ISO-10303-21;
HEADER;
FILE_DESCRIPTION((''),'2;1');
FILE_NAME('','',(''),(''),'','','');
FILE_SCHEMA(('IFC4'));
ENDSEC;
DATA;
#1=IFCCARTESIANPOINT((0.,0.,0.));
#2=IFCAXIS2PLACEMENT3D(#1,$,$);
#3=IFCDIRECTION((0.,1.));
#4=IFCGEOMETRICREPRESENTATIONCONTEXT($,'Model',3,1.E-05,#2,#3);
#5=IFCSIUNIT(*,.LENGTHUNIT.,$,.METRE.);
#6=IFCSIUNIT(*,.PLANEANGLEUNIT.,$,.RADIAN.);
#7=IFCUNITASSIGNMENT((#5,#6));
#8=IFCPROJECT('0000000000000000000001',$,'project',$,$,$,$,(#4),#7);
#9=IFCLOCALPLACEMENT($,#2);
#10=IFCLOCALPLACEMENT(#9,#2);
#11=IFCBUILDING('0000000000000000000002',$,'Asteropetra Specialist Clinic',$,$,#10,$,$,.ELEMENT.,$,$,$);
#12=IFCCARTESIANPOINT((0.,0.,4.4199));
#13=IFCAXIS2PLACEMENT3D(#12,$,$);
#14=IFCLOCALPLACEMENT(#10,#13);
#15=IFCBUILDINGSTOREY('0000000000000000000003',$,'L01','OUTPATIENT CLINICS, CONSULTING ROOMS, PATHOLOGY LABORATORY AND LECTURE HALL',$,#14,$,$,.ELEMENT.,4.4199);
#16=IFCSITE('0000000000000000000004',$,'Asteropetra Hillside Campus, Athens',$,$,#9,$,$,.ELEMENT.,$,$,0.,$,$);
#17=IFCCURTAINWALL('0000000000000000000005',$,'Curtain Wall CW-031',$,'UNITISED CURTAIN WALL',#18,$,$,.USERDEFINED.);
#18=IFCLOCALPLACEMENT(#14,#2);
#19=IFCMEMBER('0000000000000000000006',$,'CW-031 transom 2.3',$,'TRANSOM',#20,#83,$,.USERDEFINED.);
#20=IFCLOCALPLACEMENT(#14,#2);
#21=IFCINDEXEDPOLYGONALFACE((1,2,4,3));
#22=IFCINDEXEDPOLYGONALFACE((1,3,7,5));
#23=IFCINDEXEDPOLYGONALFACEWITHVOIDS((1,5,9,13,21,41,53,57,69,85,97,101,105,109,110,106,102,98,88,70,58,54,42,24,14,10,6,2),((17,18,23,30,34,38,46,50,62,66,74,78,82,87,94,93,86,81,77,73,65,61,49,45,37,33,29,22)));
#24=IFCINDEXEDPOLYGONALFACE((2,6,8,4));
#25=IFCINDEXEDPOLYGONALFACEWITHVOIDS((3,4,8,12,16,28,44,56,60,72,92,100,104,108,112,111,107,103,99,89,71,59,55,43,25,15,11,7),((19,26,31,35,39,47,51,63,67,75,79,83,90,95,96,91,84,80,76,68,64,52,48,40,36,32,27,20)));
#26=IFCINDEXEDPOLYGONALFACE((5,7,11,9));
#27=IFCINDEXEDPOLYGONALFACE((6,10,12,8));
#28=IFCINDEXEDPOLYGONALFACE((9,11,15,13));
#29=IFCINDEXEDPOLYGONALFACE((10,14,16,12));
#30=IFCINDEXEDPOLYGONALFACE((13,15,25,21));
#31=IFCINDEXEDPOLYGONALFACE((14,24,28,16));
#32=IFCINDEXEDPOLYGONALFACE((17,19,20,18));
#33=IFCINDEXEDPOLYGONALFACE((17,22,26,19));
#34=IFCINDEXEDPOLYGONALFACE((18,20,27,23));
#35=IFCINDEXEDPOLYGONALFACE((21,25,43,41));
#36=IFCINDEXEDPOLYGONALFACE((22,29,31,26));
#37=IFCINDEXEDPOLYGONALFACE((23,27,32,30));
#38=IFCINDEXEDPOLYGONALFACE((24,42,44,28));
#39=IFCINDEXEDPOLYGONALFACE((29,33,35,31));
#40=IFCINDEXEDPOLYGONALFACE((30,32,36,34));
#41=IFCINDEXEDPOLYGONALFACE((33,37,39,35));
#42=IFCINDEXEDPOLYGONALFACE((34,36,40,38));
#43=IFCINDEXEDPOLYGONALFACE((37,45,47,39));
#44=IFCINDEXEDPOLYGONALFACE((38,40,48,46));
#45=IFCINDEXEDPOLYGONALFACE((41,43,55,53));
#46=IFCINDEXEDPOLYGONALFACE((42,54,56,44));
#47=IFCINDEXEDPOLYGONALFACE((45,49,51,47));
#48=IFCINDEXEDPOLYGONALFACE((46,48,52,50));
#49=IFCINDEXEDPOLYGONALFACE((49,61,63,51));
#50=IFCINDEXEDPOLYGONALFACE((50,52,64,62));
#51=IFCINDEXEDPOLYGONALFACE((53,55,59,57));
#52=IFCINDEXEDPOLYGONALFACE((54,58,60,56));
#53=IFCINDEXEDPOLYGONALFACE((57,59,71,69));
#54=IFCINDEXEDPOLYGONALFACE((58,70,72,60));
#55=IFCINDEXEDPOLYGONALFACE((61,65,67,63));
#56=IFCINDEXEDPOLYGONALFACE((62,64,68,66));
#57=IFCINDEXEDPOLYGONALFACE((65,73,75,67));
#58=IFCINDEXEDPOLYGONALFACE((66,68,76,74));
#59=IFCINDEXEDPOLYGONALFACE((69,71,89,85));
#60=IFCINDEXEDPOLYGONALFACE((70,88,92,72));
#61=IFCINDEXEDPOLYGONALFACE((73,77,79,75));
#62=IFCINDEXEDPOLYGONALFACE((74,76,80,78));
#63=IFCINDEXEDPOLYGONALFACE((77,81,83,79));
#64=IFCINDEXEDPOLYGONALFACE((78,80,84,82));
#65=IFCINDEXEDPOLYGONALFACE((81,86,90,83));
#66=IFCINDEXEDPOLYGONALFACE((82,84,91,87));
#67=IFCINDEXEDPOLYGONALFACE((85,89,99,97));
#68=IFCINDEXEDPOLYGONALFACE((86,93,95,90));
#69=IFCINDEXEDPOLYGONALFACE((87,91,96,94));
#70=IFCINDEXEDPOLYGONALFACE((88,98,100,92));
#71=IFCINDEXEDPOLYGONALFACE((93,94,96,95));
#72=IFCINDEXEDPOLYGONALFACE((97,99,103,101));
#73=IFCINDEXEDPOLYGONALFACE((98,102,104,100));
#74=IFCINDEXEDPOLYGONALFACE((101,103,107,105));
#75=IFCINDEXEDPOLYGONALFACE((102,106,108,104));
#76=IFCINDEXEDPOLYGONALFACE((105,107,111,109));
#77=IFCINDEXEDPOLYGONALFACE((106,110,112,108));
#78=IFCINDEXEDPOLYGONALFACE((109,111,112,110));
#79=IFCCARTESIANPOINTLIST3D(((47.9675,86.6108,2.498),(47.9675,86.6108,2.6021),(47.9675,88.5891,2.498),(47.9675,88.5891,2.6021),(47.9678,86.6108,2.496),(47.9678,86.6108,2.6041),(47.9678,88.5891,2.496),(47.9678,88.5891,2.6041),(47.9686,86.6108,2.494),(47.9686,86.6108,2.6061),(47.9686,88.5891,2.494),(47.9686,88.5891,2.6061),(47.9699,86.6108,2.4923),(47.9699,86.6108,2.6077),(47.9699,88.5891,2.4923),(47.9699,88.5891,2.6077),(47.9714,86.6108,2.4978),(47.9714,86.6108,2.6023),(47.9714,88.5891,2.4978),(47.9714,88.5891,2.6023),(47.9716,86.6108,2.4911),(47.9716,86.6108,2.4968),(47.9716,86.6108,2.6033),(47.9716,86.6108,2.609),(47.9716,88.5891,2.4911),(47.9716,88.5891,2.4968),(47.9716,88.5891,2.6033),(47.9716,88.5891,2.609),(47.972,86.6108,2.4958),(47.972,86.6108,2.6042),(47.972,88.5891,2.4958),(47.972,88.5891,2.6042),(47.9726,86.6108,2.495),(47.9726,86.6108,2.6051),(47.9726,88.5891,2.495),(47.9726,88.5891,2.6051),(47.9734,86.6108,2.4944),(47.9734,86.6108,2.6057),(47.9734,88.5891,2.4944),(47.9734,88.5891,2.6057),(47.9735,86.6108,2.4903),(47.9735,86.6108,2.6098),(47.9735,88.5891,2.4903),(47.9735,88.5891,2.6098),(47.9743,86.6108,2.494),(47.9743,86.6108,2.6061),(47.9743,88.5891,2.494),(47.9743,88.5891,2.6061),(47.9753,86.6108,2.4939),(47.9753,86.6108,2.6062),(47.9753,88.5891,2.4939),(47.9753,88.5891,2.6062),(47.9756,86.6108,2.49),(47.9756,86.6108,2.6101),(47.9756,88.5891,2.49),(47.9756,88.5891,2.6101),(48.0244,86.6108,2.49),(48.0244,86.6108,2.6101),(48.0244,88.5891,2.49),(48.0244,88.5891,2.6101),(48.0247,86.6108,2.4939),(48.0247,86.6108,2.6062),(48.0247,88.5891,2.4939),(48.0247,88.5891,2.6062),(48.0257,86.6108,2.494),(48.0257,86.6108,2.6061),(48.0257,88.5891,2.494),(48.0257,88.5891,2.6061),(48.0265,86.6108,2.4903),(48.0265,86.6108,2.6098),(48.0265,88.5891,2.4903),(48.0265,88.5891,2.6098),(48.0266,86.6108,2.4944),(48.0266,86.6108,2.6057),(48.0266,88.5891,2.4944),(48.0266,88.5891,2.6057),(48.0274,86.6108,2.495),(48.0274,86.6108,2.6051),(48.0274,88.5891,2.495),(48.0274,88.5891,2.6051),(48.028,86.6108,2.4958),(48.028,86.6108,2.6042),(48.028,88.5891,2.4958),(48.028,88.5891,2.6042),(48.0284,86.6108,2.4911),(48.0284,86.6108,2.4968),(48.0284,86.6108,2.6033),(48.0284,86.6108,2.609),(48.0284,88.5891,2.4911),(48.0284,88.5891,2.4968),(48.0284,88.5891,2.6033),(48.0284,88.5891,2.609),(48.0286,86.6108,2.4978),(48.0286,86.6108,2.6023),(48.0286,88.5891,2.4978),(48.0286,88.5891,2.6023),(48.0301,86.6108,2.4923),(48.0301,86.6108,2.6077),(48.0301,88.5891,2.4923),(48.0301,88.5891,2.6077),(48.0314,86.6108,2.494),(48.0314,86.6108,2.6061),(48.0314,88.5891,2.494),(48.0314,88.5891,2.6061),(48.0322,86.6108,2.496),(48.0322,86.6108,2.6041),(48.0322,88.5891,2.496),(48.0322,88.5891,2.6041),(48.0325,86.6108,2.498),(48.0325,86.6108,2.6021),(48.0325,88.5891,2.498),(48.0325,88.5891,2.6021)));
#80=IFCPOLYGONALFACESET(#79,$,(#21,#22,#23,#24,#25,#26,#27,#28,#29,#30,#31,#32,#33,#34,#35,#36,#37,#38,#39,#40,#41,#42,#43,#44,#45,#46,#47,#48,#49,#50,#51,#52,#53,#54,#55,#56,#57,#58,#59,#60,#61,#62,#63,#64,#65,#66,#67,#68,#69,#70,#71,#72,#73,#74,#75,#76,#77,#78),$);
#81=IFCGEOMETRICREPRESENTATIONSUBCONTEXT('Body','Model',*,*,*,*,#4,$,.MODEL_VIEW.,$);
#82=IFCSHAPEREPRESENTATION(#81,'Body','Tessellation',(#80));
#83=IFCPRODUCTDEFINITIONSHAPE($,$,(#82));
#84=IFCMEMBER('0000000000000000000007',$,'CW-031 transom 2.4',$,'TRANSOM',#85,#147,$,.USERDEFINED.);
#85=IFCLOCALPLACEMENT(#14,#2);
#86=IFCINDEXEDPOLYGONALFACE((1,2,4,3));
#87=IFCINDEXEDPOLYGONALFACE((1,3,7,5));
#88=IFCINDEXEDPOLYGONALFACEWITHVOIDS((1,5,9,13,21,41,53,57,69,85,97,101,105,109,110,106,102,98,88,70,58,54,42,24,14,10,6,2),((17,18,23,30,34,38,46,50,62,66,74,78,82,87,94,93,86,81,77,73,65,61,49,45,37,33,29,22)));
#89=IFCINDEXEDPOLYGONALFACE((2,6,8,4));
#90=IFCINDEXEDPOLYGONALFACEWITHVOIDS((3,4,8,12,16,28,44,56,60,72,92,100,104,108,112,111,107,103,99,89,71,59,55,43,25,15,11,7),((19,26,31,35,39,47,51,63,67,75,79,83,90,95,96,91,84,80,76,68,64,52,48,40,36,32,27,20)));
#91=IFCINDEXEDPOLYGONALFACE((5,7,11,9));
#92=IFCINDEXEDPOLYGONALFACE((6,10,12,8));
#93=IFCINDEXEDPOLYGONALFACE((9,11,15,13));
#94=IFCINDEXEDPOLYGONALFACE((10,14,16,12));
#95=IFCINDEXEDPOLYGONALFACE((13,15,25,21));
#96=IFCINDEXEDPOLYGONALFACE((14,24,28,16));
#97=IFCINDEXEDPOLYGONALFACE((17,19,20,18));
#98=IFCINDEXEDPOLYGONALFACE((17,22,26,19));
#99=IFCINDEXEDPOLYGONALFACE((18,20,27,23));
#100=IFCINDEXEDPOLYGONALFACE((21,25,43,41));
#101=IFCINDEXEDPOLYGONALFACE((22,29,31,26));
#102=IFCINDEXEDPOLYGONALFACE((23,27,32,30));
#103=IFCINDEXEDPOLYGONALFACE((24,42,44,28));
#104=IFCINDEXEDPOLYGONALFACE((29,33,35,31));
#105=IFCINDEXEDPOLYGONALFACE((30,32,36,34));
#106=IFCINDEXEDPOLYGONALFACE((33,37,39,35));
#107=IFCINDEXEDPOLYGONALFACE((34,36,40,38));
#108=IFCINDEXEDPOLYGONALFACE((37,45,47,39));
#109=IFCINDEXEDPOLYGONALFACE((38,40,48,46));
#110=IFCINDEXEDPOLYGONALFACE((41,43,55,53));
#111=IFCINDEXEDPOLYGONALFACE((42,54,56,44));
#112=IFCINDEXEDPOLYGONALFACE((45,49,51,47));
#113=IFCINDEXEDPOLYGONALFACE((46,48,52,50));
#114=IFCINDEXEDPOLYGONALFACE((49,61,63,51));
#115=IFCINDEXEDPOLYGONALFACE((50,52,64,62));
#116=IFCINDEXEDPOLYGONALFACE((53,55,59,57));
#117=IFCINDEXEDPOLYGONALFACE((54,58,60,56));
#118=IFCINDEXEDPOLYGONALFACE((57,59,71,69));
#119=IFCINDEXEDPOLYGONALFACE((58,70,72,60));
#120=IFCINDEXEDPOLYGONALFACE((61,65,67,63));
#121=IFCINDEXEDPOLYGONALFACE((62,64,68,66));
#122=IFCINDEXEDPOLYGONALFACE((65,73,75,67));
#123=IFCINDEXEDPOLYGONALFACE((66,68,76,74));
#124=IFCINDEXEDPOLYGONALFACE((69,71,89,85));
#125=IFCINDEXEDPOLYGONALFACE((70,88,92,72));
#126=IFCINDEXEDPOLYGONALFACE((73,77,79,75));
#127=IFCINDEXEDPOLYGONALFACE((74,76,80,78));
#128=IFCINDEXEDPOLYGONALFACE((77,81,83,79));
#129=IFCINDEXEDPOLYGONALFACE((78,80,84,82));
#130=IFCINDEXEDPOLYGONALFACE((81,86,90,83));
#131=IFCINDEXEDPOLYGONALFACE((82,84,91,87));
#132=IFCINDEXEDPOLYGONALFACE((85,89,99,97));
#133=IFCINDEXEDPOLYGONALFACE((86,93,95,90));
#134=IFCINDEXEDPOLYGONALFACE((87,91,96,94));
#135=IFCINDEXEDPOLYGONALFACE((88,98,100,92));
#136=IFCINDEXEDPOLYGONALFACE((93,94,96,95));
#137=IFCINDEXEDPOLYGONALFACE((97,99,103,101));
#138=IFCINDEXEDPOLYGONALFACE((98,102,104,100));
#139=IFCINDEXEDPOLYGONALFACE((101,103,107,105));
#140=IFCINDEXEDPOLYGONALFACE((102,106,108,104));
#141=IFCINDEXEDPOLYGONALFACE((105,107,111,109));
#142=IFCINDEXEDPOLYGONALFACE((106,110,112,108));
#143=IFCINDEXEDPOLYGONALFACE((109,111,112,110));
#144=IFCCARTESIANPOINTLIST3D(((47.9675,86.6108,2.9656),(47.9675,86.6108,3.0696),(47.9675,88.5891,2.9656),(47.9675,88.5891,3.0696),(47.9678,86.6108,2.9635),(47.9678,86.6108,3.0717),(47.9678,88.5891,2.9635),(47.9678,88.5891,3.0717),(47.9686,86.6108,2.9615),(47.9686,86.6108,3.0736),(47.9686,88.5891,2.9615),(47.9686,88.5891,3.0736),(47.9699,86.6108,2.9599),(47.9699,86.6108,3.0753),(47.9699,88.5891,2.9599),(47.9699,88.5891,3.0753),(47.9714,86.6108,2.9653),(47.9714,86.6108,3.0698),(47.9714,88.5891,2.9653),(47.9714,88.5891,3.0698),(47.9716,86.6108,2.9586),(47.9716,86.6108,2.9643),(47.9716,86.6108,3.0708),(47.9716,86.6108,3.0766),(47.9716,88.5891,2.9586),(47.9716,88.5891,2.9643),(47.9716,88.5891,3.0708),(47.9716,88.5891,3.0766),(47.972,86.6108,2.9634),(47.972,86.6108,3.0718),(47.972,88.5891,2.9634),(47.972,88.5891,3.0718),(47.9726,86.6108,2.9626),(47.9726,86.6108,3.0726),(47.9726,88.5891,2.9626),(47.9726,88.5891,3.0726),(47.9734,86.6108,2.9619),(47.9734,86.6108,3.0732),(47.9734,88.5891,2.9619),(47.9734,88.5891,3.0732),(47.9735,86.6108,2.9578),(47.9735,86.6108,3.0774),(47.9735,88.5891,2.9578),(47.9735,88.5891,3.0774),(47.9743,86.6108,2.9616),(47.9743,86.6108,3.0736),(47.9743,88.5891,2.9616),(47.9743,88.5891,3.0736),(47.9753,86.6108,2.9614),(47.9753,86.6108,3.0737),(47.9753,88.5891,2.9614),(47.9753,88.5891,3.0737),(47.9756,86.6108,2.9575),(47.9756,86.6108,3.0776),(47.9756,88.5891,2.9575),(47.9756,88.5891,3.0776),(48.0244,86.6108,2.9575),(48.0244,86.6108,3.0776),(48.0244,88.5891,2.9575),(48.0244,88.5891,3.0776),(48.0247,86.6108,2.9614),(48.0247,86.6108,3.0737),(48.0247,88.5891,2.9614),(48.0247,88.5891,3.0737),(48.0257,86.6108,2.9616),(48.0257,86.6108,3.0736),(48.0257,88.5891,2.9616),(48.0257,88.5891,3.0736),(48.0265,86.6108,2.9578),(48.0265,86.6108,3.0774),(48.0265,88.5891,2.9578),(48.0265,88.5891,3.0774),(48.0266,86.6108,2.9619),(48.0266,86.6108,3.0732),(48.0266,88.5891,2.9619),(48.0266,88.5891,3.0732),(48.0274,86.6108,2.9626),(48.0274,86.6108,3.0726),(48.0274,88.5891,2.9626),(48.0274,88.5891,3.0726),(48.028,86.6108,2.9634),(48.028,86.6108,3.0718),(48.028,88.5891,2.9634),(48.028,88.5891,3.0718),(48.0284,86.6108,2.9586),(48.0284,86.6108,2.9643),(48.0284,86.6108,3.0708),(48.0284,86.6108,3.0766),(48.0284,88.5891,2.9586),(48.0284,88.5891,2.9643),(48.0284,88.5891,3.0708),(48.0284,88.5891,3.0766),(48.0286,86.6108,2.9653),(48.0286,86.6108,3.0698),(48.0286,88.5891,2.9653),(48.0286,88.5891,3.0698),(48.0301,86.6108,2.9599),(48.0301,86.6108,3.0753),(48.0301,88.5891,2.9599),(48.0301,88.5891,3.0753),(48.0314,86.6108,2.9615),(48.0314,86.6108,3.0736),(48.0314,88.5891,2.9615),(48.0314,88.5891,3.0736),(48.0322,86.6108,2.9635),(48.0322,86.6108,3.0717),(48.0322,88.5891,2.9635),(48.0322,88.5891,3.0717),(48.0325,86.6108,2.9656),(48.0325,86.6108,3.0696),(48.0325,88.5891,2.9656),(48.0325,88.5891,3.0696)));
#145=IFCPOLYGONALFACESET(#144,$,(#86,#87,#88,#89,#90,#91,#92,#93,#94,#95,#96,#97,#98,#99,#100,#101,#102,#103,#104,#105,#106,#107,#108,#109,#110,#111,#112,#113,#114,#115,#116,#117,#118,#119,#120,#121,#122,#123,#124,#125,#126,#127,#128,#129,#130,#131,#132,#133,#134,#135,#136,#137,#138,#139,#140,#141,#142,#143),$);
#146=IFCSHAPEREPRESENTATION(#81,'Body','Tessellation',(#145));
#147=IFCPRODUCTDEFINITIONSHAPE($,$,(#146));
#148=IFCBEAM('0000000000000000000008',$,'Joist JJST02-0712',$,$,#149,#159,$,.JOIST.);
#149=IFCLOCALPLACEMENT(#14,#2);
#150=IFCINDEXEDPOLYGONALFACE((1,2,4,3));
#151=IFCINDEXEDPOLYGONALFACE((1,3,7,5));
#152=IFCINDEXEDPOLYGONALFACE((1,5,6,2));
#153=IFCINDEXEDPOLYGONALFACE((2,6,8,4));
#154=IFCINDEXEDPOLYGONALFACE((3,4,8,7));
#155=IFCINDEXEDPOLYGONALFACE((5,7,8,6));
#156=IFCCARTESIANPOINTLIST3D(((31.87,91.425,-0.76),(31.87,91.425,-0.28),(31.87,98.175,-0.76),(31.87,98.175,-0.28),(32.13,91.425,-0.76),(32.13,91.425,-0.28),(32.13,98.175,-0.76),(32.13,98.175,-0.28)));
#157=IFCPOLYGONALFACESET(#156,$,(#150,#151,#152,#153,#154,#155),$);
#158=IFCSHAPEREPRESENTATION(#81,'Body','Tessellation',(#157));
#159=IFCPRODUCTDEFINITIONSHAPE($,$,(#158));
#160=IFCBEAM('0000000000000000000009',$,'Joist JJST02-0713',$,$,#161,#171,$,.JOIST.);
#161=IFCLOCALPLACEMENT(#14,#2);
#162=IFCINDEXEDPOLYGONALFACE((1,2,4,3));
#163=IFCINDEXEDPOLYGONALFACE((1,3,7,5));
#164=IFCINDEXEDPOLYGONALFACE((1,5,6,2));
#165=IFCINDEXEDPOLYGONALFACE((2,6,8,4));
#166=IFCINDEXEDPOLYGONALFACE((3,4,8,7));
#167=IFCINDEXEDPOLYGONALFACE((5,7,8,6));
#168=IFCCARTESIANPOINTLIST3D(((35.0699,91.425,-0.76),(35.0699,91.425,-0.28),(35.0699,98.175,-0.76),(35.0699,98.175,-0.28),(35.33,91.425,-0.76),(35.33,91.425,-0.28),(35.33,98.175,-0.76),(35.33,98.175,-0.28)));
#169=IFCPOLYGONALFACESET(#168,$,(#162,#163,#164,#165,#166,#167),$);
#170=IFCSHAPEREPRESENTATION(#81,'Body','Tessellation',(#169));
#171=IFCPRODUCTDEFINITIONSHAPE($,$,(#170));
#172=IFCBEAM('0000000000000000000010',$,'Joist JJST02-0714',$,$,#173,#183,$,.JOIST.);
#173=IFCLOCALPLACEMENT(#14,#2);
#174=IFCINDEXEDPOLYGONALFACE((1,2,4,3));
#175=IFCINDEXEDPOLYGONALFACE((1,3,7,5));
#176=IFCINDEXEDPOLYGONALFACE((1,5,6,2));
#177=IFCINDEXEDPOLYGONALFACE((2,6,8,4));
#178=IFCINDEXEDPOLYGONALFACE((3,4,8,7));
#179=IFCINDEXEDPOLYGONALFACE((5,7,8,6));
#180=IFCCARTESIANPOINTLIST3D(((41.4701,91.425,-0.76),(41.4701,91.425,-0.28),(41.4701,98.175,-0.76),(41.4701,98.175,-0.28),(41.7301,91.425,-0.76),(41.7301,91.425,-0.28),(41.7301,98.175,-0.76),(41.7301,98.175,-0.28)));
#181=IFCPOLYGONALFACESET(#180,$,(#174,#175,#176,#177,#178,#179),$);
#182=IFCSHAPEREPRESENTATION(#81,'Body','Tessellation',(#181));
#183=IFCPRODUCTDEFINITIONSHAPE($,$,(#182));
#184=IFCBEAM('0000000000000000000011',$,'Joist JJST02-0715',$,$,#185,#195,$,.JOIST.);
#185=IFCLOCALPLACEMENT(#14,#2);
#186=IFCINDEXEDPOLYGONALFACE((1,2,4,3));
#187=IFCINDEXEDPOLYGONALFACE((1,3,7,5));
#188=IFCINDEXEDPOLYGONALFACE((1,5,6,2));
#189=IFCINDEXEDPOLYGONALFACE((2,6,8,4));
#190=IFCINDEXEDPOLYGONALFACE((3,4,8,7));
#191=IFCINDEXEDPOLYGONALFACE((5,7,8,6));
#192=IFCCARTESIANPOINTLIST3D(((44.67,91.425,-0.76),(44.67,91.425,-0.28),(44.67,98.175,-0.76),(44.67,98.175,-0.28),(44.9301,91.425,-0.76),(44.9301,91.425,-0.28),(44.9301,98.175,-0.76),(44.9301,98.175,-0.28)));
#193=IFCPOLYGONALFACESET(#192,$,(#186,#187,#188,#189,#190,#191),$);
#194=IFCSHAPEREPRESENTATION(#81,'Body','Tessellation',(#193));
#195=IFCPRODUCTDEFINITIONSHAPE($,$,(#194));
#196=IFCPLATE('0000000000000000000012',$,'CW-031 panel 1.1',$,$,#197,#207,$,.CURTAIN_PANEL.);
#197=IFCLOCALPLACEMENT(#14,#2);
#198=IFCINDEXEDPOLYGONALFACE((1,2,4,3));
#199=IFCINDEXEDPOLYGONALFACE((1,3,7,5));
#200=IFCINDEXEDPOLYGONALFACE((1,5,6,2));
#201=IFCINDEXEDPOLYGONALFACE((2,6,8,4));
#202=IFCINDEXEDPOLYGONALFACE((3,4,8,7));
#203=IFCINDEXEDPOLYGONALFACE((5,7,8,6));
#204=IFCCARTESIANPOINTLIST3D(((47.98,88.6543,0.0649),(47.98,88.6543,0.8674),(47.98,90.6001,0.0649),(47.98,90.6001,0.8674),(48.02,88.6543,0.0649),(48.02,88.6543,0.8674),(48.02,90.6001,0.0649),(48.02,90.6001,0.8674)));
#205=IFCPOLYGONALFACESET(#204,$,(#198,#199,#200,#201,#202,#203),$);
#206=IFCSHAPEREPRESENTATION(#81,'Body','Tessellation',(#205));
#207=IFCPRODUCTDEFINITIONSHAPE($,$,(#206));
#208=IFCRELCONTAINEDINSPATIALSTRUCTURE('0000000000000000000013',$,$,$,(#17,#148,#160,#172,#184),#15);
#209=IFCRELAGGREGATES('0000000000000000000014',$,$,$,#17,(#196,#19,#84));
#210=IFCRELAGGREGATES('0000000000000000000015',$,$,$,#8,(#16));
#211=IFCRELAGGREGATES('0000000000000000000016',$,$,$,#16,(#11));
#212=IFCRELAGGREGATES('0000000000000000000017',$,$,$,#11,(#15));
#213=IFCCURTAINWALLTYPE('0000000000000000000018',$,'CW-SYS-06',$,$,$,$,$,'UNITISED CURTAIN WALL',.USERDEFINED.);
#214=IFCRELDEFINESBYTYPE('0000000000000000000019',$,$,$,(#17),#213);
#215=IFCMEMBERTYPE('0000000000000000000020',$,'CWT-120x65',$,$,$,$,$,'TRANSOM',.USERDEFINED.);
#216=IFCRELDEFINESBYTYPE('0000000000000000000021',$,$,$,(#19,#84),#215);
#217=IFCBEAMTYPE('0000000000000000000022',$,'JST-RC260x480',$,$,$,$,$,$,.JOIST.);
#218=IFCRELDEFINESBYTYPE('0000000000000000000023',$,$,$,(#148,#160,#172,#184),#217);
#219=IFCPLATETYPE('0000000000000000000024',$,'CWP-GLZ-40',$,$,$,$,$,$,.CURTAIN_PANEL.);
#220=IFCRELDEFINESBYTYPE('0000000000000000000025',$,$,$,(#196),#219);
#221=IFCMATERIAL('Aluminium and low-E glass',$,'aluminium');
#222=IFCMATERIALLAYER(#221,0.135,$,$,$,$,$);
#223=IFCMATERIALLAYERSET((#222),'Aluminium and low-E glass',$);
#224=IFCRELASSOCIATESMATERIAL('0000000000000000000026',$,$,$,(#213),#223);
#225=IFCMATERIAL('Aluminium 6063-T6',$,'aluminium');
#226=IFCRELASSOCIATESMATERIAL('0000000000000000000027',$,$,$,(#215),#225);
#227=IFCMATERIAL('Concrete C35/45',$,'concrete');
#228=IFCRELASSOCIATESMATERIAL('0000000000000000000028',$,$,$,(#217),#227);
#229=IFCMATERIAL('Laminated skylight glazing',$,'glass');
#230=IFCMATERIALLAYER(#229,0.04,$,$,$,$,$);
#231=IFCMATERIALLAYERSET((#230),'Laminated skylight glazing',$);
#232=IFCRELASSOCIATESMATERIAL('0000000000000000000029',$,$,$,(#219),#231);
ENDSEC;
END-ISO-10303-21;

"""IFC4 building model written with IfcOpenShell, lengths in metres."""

from ifc_helpers import new_model, si_unit, direction, frame, origin, origin_2d, place, context, subcontext, project, spatial, rectangle, hollow_rectangle, extrude, material, layer, layer_set, material_profile, profile_set, type_object, element, aggregate, save


model = new_model("IFC4")

# Units and contexts
model_context = context("Model", 3, precision=1e-05, world=origin(), true_north=direction((0.0, 1.0)))
body_context = subcontext(model_context, "Body", "Model", "MODEL_VIEW")
ifc_project = project(units=[si_unit("LENGTHUNIT", "METRE"), si_unit("PLANEANGLEUNIT", "RADIAN")], contexts=[model_context])

# Site, building, storey
site_placement = place(None, origin())
site = spatial("IfcSite", under=ifc_project, at=site_placement, Name="Asteropetra Hillside Campus, Athens", CompositionType="ELEMENT", RefElevation=0.0)
building_placement = place(site_placement, origin())
building = spatial("IfcBuilding", under=site, at=building_placement, Name="Asteropetra Specialist Clinic", CompositionType="ELEMENT")
storey_placement = place(building_placement, frame((0.0, 0.0, 4.4199)))
storey = spatial("IfcBuildingStorey", under=building, at=storey_placement, Name="L01", Description="OUTPATIENT CLINICS, CONSULTING ROOMS, PATHOLOGY LABORATORY AND LECTURE HALL", CompositionType="ELEMENT", Elevation=4.4199)

# Curtain wall, members
ifc_material_1 = material(Name="Aluminium and low-E glass", Category="aluminium")
ifc_layer_1 = layer(ifc_material_1, 0.135)
ifc_layer_set_1 = layer_set([ifc_layer_1], Name="Aluminium and low-E glass")
curtain_wall_type = type_object("IfcCurtainWallType", Name="CW-SYS-06", ElementType="UNITISED CURTAIN WALL", PredefinedType="USERDEFINED", material=ifc_layer_set_1)
curtain_wall_placement = place(storey_placement, origin())
curtain_wall = element("IfcCurtainWall", 1, at=curtain_wall_placement, inside=storey, type_object=curtain_wall_type, Name="Curtain Wall CW-031", ObjectType="UNITISED CURTAIN WALL", PredefinedType="USERDEFINED")
ifc_material_2 = material(Name="Aluminium 6063-T6", Category="aluminium")
ifc_material_profile_1 = material_profile(ifc_material_2, hollow_rectangle(XDim=0.0649, YDim=0.1201, WallThickness=0.0039, InnerFilletRadius=0.0039, OuterFilletRadius=0.0081, at=origin_2d()), Name="TRN 120x65x4.0")
ifc_profile_set_1 = profile_set([ifc_material_profile_1], Name="Aluminium 6063-T6")
member_type_1 = type_object("IfcMemberType", Name="CWT-120x65", ElementType="TRANSOM", PredefinedType="USERDEFINED", material=ifc_profile_set_1)
member_1_placement = place(storey_placement, frame((48.0, 88.5891, 2.55), z_axis=(0.0, -1.0, 0.0), x_axis=(1.0, 0.0, 0.0)))
member_1 = element("IfcMember", 2, at=member_1_placement, type_object=member_type_1, Name="CW-031 transom 2.3", ObjectType="TRANSOM", PredefinedType="USERDEFINED", context=body_context, shape_type="SweptSolid", body=[
    extrude(hollow_rectangle(XDim=0.0649, YDim=0.1201, WallThickness=0.0039, InnerFilletRadius=0.0039, OuterFilletRadius=0.0081, at=origin_2d()), origin(), (0.0, 0.0, 1.0), 1.9783),
])
member_2_placement = place(storey_placement, frame((48.0, 88.5891, 3.0176), z_axis=(0.0, -1.0, 0.0), x_axis=(1.0, 0.0, 0.0)))
member_2 = element("IfcMember", 3, at=member_2_placement, type_object=member_type_1, Name="CW-031 transom 2.4", ObjectType="TRANSOM", PredefinedType="USERDEFINED", context=body_context, shape_type="SweptSolid", body=[
    extrude(hollow_rectangle(XDim=0.0649, YDim=0.1201, WallThickness=0.0039, InnerFilletRadius=0.0039, OuterFilletRadius=0.0081, at=origin_2d()), origin(), (0.0, 0.0, 1.0), 1.9783),
])

# Beams
ifc_material_3 = material(Name="Concrete C35/45", Category="concrete")
ifc_material_profile_2 = material_profile(ifc_material_3, rectangle(XDim=0.26, YDim=0.48, at=origin_2d()), Name="RCJ 260x480")
ifc_profile_set_2 = profile_set([ifc_material_profile_2], Name="Concrete C35/45")
beam_type_1 = type_object("IfcBeamType", Name="JST-RC260x480", PredefinedType="JOIST", material=ifc_profile_set_2)
for number, where, z_axis, x_axis, name in (
    (4, (32.0, 91.425, -0.52), (0.0, 1.0, 0.0), (-1.0, 0.0, 0.0), "Joist JJST02-0712"),
    (5, (35.2, 91.425, -0.52), (0.0, 1.0, 0.0), (-1.0, 0.0, 0.0), "Joist JJST02-0713"),
    (6, (41.6001, 91.425, -0.52), (0.0, 1.0, 0.0), (-1.0, 0.0, 0.0), "Joist JJST02-0714"),
    (7, (44.8, 91.425, -0.52), (0.0, 1.0, 0.0), (-1.0, 0.0, 0.0), "Joist JJST02-0715"),
):
    element("IfcBeam", number, at=place(storey_placement, frame(where, z_axis=z_axis, x_axis=x_axis)), inside=storey, type_object=beam_type_1, Name=name, PredefinedType="JOIST", context=body_context, shape_type="SweptSolid", body=[
        extrude(rectangle(XDim=0.26, YDim=0.48, at=origin_2d()), origin(), (0.0, 0.0, 1.0), 6.75),
    ])

# Plate
ifc_material_4 = material(Name="Laminated skylight glazing", Category="glass")
ifc_layer_2 = layer(ifc_material_4, 0.04)
ifc_layer_set_2 = layer_set([ifc_layer_2], Name="Laminated skylight glazing")
plate_type = type_object("IfcPlateType", Name="CWP-GLZ-40", PredefinedType="CURTAIN_PANEL", material=ifc_layer_set_2)
plate_1_placement = place(storey_placement, frame((48.0, 89.6272, 0.0649), z_axis=(0.0, 0.0, 1.0), x_axis=(0.0, -1.0, 0.0)))
plate_1 = element("IfcPlate", 8, at=plate_1_placement, type_object=plate_type, Name="CW-031 panel 1.1", PredefinedType="CURTAIN_PANEL", context=body_context, shape_type="SweptSolid", body=[
    extrude(rectangle(XDim=1.9458, YDim=0.04, at=origin_2d()), origin(), (0.0, 0.0, 1.0), 0.8025),
])
aggregate(curtain_wall, [plate_1, member_1, member_2])

save(model, "model.ifc")
